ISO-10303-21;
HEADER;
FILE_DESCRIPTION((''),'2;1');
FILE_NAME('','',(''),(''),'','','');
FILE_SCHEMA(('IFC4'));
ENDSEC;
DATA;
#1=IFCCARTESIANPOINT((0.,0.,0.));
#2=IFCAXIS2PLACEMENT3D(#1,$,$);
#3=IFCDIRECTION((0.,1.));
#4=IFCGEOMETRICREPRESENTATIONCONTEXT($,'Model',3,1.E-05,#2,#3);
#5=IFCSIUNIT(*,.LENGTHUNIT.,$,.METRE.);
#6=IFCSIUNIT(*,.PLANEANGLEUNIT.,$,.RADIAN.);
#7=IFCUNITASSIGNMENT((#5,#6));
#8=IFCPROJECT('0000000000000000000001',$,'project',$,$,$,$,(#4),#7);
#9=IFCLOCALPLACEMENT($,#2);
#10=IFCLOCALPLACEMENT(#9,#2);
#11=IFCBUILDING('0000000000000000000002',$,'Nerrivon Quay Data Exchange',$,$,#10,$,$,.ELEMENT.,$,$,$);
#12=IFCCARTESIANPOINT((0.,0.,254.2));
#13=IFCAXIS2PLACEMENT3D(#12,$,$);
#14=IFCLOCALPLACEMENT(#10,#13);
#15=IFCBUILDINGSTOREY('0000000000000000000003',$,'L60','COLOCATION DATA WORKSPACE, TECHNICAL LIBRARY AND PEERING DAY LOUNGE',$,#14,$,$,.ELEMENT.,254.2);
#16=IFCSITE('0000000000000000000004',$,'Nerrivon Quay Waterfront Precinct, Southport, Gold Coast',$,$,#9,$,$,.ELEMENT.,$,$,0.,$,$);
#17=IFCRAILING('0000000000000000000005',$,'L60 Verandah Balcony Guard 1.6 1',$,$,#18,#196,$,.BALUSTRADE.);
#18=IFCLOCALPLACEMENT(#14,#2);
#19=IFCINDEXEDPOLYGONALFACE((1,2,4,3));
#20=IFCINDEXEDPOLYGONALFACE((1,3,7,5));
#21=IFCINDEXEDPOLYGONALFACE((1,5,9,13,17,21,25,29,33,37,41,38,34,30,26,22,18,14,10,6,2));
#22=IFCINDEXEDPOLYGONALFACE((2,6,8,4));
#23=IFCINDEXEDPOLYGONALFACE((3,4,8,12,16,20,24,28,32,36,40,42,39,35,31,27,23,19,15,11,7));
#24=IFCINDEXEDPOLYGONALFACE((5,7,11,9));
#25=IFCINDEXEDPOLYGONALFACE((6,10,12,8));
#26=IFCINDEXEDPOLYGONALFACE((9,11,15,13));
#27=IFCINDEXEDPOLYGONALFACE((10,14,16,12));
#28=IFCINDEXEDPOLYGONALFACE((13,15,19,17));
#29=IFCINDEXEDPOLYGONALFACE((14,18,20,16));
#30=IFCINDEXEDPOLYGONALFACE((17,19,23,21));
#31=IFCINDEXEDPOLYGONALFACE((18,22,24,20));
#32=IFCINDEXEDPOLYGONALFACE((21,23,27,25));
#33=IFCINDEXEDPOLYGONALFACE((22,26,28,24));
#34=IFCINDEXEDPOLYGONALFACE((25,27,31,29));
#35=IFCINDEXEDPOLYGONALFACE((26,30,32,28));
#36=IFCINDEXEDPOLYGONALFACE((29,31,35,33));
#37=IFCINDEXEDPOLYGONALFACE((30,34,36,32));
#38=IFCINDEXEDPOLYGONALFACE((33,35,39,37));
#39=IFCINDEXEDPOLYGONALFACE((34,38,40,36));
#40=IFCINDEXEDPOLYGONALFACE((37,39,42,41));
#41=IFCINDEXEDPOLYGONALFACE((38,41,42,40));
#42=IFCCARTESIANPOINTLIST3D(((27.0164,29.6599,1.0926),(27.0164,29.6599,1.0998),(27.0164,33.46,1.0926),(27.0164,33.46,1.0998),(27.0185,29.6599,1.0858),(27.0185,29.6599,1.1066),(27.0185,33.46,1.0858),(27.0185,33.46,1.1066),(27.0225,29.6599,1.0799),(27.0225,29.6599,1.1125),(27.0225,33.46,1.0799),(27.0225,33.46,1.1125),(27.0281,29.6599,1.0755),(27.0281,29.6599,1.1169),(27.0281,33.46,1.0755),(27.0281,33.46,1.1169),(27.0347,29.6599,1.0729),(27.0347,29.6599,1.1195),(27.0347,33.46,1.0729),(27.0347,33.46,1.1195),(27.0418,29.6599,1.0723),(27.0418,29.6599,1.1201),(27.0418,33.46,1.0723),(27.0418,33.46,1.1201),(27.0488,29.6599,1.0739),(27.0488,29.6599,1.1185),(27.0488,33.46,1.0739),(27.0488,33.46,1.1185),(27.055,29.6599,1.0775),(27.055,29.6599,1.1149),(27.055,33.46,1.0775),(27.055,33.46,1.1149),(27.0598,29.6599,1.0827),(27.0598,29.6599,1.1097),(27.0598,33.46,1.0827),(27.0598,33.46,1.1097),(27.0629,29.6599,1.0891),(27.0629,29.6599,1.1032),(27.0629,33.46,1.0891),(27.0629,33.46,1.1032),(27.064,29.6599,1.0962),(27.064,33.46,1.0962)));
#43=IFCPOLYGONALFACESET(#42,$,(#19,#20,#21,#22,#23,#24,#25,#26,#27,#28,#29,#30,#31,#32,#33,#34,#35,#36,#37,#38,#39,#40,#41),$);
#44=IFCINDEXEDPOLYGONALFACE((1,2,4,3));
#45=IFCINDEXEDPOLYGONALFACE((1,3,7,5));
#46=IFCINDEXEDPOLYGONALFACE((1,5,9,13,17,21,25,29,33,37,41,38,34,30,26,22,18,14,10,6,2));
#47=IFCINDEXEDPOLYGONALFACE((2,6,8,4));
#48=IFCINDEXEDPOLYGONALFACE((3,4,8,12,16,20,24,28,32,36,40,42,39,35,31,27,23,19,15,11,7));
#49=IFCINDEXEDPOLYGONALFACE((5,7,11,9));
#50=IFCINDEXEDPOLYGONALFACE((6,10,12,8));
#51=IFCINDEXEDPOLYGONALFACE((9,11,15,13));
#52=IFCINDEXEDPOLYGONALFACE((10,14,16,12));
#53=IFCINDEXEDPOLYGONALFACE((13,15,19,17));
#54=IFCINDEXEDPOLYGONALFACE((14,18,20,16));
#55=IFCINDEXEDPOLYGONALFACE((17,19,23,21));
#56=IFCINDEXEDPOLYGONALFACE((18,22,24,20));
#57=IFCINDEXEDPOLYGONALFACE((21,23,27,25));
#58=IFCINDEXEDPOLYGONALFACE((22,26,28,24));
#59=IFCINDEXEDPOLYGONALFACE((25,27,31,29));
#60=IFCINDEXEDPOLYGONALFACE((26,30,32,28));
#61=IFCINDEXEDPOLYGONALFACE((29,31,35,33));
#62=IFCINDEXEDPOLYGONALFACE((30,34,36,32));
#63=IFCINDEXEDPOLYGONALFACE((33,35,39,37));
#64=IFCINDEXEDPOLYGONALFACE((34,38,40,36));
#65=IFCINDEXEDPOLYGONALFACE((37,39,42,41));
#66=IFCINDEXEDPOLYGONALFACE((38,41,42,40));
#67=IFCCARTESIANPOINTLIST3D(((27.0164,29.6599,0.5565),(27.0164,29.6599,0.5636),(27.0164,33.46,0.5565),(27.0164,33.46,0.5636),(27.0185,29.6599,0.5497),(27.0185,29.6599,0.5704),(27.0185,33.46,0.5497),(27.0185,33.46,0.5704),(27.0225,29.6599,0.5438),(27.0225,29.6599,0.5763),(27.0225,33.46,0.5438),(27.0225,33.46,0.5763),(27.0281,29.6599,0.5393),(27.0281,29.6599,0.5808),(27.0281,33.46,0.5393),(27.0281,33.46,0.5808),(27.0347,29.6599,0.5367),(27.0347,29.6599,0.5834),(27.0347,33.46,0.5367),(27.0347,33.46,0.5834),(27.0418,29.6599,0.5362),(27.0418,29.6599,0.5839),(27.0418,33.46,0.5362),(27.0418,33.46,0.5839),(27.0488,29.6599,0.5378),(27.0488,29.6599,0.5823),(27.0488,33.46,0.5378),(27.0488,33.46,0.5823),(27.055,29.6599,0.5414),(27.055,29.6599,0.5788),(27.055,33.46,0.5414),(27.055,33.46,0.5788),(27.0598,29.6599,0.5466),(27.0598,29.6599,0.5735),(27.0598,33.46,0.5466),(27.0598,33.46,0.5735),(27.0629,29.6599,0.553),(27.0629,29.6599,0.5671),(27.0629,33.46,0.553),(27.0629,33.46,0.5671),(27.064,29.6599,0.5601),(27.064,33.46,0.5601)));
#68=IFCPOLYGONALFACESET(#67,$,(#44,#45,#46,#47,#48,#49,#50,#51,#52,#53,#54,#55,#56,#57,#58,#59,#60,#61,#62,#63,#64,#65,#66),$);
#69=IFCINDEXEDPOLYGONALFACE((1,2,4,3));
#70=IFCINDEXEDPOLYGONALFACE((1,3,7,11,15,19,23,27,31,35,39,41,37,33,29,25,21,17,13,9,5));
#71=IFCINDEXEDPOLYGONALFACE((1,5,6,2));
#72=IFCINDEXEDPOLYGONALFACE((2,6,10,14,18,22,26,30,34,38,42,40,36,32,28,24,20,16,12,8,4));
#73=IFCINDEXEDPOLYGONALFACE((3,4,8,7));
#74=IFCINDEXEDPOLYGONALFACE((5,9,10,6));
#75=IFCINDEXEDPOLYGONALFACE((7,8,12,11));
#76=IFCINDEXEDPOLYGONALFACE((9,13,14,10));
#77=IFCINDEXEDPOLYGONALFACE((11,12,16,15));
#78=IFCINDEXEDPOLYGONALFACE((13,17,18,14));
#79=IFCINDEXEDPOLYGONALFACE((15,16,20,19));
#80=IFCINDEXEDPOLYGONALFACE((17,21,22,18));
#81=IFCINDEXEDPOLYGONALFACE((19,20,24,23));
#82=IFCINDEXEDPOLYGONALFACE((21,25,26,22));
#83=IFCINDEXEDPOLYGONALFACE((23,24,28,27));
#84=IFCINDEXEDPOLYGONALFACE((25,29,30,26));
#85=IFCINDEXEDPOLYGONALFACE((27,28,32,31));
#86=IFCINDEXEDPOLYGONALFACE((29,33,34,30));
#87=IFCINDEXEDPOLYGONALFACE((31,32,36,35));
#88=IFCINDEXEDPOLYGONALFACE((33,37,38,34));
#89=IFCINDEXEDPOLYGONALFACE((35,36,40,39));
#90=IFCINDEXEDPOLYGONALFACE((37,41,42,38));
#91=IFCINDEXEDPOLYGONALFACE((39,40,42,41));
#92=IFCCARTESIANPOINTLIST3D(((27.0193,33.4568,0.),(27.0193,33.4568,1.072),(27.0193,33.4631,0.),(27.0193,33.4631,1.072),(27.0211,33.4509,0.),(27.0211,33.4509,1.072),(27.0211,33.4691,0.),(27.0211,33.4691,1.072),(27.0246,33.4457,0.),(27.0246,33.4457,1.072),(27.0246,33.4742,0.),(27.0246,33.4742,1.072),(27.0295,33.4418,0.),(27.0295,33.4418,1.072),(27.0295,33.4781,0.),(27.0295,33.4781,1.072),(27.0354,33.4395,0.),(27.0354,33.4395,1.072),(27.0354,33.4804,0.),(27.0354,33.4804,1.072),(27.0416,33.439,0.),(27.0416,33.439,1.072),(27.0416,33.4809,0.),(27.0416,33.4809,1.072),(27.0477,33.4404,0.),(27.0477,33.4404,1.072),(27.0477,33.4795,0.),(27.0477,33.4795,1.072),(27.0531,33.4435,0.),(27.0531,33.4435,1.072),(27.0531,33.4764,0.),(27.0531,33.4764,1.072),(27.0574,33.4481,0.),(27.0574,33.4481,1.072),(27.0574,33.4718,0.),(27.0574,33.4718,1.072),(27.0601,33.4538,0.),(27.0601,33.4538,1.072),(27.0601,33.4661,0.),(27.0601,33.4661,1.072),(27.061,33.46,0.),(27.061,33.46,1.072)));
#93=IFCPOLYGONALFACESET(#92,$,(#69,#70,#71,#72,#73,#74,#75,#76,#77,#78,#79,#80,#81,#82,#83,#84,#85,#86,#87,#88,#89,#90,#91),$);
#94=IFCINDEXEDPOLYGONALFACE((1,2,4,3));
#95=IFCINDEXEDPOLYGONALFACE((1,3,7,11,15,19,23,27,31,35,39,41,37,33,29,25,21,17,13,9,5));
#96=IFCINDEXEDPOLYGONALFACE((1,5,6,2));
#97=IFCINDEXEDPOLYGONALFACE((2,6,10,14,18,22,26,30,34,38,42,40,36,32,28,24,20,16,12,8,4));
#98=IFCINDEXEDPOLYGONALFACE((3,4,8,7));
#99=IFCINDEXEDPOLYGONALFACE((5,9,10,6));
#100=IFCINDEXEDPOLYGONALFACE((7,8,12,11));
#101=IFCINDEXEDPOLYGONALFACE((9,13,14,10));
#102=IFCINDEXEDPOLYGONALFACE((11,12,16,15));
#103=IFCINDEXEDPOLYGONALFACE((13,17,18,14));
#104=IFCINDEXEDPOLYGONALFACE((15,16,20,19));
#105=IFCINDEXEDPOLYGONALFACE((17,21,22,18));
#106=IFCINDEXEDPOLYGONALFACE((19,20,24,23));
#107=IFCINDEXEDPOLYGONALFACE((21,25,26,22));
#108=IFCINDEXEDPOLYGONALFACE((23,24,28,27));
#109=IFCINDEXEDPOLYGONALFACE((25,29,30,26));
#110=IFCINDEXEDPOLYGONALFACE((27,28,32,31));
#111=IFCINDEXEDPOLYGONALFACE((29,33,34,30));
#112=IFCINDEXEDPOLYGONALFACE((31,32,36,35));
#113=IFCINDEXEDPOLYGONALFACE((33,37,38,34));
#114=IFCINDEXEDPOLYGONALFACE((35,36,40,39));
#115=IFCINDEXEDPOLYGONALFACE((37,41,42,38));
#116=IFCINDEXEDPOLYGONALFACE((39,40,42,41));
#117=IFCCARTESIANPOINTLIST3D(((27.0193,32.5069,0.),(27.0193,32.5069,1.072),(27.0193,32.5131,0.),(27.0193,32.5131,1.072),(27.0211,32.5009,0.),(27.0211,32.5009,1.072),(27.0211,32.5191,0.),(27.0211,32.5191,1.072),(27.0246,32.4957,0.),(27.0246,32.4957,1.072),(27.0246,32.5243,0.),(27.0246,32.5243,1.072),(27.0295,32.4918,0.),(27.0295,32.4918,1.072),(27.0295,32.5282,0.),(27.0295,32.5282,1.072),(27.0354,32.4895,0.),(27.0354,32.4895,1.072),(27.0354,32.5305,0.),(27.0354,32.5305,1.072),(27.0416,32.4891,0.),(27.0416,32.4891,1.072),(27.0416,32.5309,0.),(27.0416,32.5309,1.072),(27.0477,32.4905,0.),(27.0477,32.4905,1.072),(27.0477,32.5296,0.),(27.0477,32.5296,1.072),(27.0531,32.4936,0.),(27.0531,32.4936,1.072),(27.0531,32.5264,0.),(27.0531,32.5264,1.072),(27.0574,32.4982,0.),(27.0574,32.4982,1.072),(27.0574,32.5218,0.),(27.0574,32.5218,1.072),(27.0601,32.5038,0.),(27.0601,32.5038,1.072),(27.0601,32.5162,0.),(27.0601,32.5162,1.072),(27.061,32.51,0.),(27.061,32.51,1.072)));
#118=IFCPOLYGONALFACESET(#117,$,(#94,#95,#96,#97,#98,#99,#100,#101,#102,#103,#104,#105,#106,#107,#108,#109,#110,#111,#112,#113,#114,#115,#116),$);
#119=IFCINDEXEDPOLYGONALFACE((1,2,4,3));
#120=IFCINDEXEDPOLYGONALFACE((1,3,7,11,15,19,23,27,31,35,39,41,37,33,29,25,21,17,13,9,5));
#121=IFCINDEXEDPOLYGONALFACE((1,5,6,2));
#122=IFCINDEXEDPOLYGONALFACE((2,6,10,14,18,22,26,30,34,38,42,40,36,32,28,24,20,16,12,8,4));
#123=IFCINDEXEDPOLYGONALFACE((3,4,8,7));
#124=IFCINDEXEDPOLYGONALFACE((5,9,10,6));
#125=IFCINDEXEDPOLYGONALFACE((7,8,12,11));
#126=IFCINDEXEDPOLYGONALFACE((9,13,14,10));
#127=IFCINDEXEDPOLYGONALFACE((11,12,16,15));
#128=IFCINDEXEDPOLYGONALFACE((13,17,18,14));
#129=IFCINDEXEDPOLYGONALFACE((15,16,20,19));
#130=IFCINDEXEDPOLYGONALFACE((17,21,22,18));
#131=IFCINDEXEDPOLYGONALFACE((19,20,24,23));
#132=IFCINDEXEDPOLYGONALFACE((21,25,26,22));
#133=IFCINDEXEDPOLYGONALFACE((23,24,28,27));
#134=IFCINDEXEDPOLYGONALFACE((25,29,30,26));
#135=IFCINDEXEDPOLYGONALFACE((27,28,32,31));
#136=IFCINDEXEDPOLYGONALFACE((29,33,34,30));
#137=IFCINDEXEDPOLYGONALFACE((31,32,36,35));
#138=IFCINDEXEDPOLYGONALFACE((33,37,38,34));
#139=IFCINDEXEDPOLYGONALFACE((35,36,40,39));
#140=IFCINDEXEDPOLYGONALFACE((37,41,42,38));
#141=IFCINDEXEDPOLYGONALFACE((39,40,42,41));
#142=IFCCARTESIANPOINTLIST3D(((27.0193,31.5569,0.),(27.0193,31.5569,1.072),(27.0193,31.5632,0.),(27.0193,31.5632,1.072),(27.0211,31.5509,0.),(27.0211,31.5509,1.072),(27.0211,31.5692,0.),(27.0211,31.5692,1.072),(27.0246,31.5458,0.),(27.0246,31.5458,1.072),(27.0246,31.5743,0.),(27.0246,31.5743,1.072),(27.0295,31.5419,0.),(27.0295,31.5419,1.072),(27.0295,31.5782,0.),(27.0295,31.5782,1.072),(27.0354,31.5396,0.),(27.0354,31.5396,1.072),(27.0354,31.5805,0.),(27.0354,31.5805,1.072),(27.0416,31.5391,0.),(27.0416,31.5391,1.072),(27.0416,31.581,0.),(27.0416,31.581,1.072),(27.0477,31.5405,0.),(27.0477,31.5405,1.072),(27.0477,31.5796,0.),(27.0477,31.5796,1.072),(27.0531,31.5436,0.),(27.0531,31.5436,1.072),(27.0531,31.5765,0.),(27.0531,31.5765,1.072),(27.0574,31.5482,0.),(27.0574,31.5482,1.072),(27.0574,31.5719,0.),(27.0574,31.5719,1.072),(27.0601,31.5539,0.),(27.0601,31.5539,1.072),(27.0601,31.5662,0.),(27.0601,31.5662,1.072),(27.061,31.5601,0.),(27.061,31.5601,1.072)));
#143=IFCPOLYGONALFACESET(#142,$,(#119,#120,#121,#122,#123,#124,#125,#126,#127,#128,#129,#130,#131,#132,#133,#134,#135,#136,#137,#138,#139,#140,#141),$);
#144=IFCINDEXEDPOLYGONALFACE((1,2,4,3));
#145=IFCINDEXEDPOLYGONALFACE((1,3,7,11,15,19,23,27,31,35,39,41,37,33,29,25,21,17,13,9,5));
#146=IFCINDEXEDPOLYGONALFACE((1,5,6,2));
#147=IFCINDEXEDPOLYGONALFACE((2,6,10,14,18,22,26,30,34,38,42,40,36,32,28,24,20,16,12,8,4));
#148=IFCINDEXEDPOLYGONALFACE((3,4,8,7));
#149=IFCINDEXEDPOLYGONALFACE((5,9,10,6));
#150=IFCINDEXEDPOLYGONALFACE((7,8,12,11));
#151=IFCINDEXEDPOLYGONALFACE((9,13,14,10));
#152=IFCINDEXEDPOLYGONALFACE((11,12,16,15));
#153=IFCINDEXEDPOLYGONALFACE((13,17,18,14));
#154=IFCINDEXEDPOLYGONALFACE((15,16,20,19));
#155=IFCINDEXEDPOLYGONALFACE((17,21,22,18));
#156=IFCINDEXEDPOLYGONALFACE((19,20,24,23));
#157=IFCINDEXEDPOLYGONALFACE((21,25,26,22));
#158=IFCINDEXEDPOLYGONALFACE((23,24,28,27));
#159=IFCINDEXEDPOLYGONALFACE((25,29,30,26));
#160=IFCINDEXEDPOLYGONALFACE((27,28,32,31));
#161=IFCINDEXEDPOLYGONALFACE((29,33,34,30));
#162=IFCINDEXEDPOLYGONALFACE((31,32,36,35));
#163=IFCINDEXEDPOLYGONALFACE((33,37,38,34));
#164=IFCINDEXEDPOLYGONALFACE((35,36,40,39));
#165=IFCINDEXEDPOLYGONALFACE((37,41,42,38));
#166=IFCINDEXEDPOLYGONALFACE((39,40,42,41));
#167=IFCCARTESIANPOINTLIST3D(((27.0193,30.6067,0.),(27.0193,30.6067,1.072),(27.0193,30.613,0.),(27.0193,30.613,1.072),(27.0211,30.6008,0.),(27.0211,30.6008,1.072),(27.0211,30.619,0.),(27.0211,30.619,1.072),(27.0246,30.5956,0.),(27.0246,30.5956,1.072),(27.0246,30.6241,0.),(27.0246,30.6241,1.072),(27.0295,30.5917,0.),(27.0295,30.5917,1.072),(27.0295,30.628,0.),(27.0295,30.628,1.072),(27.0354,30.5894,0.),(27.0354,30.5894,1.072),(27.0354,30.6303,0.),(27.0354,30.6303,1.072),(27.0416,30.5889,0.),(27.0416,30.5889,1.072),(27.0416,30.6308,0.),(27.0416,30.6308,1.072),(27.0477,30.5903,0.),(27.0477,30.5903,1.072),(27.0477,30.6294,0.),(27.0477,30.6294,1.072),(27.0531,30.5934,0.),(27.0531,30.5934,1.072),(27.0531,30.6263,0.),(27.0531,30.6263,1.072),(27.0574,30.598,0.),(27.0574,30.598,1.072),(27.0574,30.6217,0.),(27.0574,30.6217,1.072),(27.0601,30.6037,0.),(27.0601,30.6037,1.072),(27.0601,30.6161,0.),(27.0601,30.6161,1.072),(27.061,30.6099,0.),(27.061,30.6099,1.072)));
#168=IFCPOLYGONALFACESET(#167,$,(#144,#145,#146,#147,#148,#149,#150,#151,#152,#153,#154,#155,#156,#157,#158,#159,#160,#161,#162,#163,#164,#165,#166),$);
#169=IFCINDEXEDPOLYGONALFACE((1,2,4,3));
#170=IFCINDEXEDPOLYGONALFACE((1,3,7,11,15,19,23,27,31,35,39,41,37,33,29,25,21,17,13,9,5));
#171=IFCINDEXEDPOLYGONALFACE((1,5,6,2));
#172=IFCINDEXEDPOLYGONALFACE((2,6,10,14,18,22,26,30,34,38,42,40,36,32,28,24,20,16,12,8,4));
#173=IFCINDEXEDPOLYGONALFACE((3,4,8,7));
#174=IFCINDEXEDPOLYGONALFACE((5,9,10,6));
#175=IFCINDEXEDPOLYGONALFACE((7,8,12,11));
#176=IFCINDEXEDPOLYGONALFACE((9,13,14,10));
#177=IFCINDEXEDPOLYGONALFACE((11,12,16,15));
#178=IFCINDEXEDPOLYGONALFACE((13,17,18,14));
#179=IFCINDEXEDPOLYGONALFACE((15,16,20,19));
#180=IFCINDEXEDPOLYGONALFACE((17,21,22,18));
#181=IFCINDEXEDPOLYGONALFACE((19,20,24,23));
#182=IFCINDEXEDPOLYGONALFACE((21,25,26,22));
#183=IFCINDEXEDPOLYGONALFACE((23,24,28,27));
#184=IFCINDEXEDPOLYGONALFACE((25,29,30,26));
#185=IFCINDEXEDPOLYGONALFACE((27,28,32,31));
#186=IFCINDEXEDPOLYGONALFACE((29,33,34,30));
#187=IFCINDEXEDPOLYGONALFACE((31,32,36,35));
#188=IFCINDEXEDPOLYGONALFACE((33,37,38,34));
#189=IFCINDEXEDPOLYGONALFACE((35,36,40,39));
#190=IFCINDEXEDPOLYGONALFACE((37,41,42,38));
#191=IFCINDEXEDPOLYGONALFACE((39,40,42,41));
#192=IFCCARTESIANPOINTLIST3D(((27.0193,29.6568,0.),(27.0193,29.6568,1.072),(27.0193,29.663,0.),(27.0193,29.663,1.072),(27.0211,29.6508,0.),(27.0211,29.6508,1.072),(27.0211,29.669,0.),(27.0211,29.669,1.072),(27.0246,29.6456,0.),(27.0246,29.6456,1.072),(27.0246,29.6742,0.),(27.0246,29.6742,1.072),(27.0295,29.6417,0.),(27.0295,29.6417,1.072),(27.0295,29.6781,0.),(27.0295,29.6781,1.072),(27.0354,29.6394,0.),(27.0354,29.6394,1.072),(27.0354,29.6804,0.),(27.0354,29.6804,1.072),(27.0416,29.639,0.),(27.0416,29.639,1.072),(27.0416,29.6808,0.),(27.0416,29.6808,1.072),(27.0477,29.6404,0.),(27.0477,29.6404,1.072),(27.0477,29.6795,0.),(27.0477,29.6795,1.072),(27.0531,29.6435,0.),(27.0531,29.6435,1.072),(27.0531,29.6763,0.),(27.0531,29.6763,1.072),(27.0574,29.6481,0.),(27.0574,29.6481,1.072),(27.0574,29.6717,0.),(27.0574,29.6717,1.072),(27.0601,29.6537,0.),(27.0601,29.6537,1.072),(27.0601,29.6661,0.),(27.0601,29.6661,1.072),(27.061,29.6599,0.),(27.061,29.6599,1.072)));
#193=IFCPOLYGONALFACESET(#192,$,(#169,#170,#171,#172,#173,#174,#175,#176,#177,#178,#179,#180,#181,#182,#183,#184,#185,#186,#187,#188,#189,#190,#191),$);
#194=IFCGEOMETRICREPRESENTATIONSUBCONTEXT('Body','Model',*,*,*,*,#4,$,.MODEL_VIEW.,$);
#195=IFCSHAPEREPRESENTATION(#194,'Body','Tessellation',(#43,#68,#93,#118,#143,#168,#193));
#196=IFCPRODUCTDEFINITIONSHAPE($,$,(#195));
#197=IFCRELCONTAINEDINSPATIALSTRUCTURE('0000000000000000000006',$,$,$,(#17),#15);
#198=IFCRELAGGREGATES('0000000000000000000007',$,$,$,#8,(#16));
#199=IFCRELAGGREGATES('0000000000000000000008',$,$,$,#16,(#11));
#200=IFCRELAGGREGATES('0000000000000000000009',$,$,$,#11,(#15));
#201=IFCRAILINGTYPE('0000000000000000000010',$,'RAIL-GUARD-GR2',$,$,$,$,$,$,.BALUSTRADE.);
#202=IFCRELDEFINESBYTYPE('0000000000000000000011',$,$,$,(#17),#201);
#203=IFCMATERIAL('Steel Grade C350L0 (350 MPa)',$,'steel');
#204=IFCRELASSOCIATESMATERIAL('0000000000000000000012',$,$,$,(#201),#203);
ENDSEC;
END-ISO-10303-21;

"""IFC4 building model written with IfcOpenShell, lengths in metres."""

from ifc_helpers import new_model, si_unit, direction, frame, origin, origin_2d, place, context, subcontext, project, spatial, circle, extrude, material, type_object, element, save


model = new_model("IFC4")

# Units and contexts
model_context = context("Model", 3, precision=1e-05, world=origin(), true_north=direction((0.0, 1.0)))
body_context = subcontext(model_context, "Body", "Model", "MODEL_VIEW")
ifc_project = project(units=[si_unit("LENGTHUNIT", "METRE"), si_unit("PLANEANGLEUNIT", "RADIAN")], contexts=[model_context])

# Site, building, storey
site_placement = place(None, origin())
site = spatial("IfcSite", under=ifc_project, at=site_placement, Name="Nerrivon Quay Waterfront Precinct, Southport, Gold Coast", CompositionType="ELEMENT", RefElevation=0.0)
building_placement = place(site_placement, origin())
building = spatial("IfcBuilding", under=site, at=building_placement, Name="Nerrivon Quay Data Exchange", CompositionType="ELEMENT")
storey_placement = place(building_placement, frame((0.0, 0.0, 254.2)))
storey = spatial("IfcBuildingStorey", under=building, at=storey_placement, Name="L60", Description="COLOCATION DATA WORKSPACE, TECHNICAL LIBRARY AND PEERING DAY LOUNGE", CompositionType="ELEMENT", Elevation=254.2)

# Shared definitions
ifc_material_1 = material(Name="Steel Grade C350L0 (350 MPa)", Category="steel")

# Railing
railing_type = type_object("IfcRailingType", Name="RAIL-GUARD-GR2", PredefinedType="BALUSTRADE", material=ifc_material_1)
railing_1_placement = place(storey_placement, frame((27.04, 33.46, 0.0)))
element("IfcRailing", 1, at=railing_1_placement, inside=storey, type_object=railing_type, Name="L60 Verandah Balcony Guard 1.6 1", PredefinedType="BALUSTRADE", context=body_context, shape_type="SweptSolid", body=[
    extrude(circle(Radius=0.0239, at=origin_2d()), frame((0.0, 0.0, 1.0962), z_axis=(0.0, -1.0, 0.0), x_axis=(1.0, 0.0, 0.0)), (0.0, 0.0, 1.0), 3.8),
    extrude(circle(Radius=0.0239, at=origin_2d()), frame((0.0, 0.0, 0.5601), z_axis=(0.0, -1.0, 0.0), x_axis=(1.0, 0.0, 0.0)), (0.0, 0.0, 1.0), 3.8),
    extrude(circle(Radius=0.021, at=origin_2d()), origin(), (0.0, 0.0, 1.0), 1.072),
    extrude(circle(Radius=0.021, at=origin_2d()), frame((0.0, -0.95, 0.0)), (0.0, 0.0, 1.0), 1.072),
    extrude(circle(Radius=0.021, at=origin_2d()), frame((0.0, -1.8999, 0.0)), (0.0, 0.0, 1.0), 1.072),
    extrude(circle(Radius=0.021, at=origin_2d()), frame((0.0, -2.8501, 0.0)), (0.0, 0.0, 1.0), 1.072),
    extrude(circle(Radius=0.021, at=origin_2d()), frame((0.0, -3.8, 0.0)), (0.0, 0.0, 1.0), 1.072),
])

save(model, "model.ifc")
